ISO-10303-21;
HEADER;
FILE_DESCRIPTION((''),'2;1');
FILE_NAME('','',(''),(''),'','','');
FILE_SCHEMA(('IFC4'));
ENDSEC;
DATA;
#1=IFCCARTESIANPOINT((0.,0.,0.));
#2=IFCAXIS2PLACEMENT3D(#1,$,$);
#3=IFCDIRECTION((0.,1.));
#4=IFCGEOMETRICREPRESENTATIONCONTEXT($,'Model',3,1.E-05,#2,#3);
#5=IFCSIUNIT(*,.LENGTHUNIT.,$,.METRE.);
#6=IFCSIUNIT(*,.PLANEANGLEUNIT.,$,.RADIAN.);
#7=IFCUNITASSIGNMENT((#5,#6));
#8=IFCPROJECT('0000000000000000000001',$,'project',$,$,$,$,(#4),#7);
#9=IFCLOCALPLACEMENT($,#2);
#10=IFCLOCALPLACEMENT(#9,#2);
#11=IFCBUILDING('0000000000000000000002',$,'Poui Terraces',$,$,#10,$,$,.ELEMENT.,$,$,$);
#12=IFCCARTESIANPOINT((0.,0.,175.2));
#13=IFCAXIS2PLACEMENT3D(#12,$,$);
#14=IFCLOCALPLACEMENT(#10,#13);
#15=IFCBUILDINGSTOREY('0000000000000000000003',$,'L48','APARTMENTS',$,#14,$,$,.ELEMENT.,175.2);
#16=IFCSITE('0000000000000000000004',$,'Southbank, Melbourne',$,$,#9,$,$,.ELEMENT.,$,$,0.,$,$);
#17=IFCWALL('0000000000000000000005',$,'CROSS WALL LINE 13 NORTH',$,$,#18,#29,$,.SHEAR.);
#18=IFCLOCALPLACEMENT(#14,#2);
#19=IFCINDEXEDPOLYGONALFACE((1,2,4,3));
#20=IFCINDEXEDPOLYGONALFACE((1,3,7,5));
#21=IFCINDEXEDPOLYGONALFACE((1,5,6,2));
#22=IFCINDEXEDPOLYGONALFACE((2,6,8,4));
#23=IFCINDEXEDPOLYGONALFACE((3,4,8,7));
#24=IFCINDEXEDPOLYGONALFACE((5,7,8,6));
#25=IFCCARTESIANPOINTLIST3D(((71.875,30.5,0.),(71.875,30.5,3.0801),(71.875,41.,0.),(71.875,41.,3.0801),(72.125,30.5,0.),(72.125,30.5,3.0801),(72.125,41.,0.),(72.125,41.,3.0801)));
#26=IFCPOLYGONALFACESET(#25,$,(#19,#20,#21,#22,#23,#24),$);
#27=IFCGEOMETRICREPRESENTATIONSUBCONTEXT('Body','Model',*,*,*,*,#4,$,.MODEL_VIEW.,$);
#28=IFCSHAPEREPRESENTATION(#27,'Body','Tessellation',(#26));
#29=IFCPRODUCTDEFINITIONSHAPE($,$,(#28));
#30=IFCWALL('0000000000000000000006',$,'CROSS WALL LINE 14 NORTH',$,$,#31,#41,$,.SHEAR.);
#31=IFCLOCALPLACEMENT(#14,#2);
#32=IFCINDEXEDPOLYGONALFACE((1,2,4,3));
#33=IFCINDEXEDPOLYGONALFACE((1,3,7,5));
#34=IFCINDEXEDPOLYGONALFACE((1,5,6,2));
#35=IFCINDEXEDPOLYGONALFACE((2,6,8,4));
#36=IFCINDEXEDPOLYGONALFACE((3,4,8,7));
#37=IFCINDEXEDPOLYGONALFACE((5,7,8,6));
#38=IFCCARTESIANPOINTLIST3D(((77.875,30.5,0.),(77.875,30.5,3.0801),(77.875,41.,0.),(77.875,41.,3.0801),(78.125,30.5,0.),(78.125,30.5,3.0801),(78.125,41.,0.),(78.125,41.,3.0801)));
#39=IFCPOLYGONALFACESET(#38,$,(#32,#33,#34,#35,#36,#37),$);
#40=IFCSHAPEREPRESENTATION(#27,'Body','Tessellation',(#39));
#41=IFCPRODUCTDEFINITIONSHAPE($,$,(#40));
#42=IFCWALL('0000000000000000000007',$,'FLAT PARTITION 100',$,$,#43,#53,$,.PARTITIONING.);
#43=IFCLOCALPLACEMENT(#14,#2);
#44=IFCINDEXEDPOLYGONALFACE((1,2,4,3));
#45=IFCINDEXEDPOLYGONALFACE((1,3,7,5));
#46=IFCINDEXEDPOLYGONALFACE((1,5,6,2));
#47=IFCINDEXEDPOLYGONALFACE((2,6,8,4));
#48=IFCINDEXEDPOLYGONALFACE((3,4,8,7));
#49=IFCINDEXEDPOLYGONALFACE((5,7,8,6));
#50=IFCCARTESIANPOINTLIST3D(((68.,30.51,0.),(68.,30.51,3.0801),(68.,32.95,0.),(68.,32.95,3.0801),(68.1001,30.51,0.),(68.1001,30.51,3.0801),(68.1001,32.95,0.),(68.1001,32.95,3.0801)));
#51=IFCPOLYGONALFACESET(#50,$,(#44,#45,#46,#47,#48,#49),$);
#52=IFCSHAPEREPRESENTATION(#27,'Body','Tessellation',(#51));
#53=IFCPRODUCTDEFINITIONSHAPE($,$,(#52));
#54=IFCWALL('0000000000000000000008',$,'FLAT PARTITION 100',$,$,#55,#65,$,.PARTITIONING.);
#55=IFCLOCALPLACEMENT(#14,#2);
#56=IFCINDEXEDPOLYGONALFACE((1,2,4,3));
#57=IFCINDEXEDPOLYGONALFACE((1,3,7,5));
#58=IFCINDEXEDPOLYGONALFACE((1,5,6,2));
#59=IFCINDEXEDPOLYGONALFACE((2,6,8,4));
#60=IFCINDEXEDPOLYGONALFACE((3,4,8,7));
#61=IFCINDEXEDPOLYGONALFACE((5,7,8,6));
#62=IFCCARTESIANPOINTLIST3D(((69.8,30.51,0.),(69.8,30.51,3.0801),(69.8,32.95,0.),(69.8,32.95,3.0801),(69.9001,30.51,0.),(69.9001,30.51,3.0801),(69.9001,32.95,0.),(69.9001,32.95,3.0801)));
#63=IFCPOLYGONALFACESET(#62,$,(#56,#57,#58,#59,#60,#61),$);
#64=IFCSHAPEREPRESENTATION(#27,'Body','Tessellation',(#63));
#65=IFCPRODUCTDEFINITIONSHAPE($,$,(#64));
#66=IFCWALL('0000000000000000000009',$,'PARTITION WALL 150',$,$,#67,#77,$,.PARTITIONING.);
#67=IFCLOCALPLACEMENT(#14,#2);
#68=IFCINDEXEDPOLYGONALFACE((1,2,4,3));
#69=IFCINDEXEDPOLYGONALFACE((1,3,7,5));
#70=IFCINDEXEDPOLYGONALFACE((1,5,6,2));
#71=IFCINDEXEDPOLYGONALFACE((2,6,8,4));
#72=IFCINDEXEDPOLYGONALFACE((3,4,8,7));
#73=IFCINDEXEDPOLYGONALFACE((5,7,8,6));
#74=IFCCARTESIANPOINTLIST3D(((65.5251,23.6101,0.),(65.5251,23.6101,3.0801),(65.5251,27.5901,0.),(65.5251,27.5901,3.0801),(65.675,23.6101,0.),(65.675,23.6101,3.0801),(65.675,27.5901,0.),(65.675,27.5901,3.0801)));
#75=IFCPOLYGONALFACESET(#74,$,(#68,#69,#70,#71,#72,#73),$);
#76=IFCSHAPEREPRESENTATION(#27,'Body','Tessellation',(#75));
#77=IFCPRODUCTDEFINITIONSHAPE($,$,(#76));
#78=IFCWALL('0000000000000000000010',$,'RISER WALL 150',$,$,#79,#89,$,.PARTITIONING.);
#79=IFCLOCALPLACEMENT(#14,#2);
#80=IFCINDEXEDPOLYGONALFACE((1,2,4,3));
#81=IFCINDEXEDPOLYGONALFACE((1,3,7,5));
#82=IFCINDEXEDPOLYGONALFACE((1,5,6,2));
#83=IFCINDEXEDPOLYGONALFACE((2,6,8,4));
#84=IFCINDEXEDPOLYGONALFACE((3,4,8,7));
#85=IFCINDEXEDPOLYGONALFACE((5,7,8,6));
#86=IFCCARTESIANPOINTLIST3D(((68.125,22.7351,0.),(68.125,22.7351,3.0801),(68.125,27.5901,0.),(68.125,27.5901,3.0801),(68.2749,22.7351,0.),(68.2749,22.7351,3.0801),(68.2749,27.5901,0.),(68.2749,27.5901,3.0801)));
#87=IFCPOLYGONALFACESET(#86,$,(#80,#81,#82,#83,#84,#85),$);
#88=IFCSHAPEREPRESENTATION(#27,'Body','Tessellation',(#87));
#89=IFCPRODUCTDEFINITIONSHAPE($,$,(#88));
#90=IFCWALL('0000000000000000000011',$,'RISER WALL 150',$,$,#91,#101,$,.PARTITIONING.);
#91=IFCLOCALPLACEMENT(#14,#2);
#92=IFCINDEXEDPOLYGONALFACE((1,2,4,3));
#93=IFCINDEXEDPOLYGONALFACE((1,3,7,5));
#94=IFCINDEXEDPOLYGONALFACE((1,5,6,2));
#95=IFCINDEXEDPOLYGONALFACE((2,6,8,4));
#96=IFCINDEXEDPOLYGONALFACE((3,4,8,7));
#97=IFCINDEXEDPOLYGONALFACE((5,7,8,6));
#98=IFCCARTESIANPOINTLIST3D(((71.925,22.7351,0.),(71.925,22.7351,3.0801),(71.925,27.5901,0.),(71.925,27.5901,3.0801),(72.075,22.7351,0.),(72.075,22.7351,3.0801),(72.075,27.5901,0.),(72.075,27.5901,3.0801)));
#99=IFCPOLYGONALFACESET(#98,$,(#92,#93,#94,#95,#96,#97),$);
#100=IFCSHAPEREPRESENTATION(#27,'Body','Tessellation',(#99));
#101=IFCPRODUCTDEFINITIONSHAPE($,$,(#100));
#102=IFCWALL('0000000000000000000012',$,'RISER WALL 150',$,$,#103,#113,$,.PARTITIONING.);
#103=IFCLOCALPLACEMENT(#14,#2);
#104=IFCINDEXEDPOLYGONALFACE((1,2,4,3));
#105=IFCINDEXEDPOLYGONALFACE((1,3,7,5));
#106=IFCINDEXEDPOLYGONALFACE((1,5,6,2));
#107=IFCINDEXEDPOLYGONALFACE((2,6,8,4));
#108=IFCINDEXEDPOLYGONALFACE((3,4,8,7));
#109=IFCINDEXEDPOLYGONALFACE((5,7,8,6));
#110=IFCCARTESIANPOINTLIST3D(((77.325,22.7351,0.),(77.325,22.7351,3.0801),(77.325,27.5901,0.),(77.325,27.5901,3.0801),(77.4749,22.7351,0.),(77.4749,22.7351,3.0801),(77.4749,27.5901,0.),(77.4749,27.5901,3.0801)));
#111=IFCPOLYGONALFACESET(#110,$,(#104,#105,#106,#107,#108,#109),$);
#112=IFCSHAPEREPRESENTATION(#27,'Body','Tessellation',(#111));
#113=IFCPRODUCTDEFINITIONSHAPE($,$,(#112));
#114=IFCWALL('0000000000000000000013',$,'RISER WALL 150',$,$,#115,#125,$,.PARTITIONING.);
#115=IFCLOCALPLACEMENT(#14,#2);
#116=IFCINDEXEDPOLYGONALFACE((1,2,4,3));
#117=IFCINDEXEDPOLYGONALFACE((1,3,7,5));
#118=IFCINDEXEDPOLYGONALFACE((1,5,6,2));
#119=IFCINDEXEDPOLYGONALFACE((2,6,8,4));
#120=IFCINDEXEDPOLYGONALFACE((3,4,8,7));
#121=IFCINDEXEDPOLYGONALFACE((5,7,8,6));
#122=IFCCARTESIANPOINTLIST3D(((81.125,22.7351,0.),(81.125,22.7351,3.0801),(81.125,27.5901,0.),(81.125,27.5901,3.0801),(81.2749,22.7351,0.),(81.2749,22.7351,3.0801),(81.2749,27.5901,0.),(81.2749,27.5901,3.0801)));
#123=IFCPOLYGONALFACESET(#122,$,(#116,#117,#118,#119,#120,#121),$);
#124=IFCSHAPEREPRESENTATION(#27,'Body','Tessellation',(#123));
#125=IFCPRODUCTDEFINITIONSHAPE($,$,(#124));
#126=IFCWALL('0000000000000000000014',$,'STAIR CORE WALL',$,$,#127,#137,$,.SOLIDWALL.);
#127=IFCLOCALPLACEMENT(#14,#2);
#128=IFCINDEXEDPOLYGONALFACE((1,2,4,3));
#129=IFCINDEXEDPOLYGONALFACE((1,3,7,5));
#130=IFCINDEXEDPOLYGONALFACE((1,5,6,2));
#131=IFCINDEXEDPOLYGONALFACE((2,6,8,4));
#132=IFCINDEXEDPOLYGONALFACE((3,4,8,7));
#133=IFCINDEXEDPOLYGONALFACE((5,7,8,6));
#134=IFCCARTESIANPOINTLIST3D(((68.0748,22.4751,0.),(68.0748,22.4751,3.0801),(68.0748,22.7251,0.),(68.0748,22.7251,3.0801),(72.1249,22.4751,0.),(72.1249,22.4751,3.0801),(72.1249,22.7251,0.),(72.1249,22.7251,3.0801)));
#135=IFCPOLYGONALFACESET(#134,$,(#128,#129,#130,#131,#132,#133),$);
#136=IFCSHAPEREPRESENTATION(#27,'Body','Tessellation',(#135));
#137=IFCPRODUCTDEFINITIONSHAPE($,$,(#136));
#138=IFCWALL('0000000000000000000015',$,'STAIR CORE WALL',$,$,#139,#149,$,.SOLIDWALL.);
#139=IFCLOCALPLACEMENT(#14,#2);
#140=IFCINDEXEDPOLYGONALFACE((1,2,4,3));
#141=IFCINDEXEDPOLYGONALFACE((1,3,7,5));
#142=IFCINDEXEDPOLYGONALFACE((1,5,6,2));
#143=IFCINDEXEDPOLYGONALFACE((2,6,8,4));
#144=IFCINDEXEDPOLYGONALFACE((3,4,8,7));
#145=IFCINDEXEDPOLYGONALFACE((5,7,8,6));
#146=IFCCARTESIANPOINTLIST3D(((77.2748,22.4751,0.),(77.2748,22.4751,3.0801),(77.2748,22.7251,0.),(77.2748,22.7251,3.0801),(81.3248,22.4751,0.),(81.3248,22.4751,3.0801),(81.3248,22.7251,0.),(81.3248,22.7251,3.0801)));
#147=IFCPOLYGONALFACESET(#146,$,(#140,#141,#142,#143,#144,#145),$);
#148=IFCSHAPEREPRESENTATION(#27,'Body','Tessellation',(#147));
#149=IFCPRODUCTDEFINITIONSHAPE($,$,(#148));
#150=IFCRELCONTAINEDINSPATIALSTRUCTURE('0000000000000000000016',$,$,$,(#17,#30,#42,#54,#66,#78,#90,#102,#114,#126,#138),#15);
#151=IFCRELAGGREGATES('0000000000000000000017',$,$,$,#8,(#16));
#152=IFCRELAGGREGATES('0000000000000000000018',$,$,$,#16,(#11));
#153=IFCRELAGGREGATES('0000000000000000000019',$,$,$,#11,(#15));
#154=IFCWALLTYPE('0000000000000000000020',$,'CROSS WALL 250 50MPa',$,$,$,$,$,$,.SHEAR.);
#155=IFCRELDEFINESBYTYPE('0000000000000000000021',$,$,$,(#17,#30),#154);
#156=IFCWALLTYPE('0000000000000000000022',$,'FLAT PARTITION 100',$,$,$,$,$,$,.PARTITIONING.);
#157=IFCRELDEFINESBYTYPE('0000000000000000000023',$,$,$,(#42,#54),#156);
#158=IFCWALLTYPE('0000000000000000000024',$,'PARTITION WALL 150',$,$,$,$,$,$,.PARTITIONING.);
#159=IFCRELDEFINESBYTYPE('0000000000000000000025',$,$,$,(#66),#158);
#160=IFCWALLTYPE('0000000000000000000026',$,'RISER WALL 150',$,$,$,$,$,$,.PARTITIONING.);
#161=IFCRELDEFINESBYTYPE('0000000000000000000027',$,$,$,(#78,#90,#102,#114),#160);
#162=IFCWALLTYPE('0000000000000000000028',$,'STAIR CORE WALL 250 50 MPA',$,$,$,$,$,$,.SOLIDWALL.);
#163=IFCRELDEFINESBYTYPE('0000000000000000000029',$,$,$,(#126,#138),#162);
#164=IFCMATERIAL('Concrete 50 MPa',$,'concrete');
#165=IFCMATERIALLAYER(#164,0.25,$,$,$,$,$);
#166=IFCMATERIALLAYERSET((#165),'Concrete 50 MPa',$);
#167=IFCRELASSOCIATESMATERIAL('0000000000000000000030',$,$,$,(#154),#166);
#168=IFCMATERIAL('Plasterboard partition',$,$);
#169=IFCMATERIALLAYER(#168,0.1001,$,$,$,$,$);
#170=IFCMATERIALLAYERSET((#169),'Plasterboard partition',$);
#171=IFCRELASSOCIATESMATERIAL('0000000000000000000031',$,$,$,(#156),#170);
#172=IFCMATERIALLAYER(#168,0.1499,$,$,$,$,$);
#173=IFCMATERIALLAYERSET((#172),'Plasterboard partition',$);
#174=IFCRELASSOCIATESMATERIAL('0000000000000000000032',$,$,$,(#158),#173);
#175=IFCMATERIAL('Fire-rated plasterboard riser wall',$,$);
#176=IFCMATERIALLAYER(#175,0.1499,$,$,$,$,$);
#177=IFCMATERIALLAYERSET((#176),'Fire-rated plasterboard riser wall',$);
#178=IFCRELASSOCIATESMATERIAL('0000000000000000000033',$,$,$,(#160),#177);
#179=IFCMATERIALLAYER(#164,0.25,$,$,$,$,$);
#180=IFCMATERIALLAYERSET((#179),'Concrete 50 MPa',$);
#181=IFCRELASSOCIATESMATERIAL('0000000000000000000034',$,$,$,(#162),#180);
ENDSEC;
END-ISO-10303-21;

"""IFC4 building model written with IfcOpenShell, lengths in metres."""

from ifc_helpers import new_model, si_unit, direction, frame, frame_2d, origin, place, context, subcontext, project, spatial, rectangle, extrude, material, layer, layer_set, type_object, element, save


model = new_model("IFC4")

# Units and contexts
model_context = context("Model", 3, precision=1e-05, world=origin(), true_north=direction((0.0, 1.0)))
body_context = subcontext(model_context, "Body", "Model", "MODEL_VIEW")
ifc_project = project(units=[si_unit("LENGTHUNIT", "METRE"), si_unit("PLANEANGLEUNIT", "RADIAN")], contexts=[model_context])

# Site, building, storey
site_placement = place(None, origin())
site = spatial("IfcSite", under=ifc_project, at=site_placement, Name="Southbank, Melbourne", CompositionType="ELEMENT", RefElevation=0.0)
building_placement = place(site_placement, origin())
building = spatial("IfcBuilding", under=site, at=building_placement, Name="Poui Terraces", CompositionType="ELEMENT")
storey_placement = place(building_placement, frame((0.0, 0.0, 175.2)))
storey = spatial("IfcBuildingStorey", under=building, at=storey_placement, Name="L48", Description="APARTMENTS", CompositionType="ELEMENT", Elevation=175.2)

# Shared definitions
ifc_material_1 = material(Name="Concrete 50 MPa", Category="concrete")

# Shared definitions
ifc_layer_1 = layer(ifc_material_1, 0.25)
ifc_layer_set_1 = layer_set([ifc_layer_1], Name="Concrete 50 MPa")
wall_type_1 = type_object("IfcWallType", Name="CROSS WALL 250 50MPa", PredefinedType="SHEAR", material=ifc_layer_set_1)

# Walls
for number, where, z_axis, x_axis, name in (
    (1, (72.0, 30.5, 0.0), (0.0, 0.0, 1.0), (0.0, 1.0, 0.0), "CROSS WALL LINE 13 NORTH"),
    (2, (78.0, 30.5, 0.0), (0.0, 0.0, 1.0), (0.0, 1.0, 0.0), "CROSS WALL LINE 14 NORTH"),
):
    element("IfcWall", number, at=place(storey_placement, frame(where, z_axis=z_axis, x_axis=x_axis)), inside=storey, type_object=wall_type_1, Name=name, PredefinedType="SHEAR", context=body_context, shape_type="SweptSolid", body=[
        extrude(rectangle(XDim=10.5, YDim=0.25, at=frame_2d((5.25, 0.0))), origin(), (0.0, 0.0, 1.0), 3.0801),
    ])
ifc_material_2 = material(Name="Plasterboard partition")
ifc_layer_2 = layer(ifc_material_2, 0.1001)
ifc_layer_set_2 = layer_set([ifc_layer_2], Name="Plasterboard partition")
wall_type_2 = type_object("IfcWallType", Name="FLAT PARTITION 100", PredefinedType="PARTITIONING", material=ifc_layer_set_2)
for number, where, z_axis, x_axis, name in (
    (3, (68.05, 30.51, 0.0), (0.0, 0.0, 1.0), (0.0, 1.0, 0.0), "FLAT PARTITION 100"),
    (4, (69.8501, 30.51, 0.0), (0.0, 0.0, 1.0), (0.0, 1.0, 0.0), "FLAT PARTITION 100"),
):
    element("IfcWall", number, at=place(storey_placement, frame(where, z_axis=z_axis, x_axis=x_axis)), inside=storey, type_object=wall_type_2, Name=name, PredefinedType="PARTITIONING", context=body_context, shape_type="SweptSolid", body=[
        extrude(rectangle(XDim=2.4399, YDim=0.1001, at=frame_2d((1.22, 0.0))), origin(), (0.0, 0.0, 1.0), 3.0801),
    ])
ifc_layer_3 = layer(ifc_material_2, 0.1499)
ifc_layer_set_3 = layer_set([ifc_layer_3], Name="Plasterboard partition")
wall_type_3 = type_object("IfcWallType", Name="PARTITION WALL 150", PredefinedType="PARTITIONING", material=ifc_layer_set_3)
wall_1_placement = place(storey_placement, frame((65.6001, 23.6101, 0.0), z_axis=(0.0, 0.0, 1.0), x_axis=(0.0, 1.0, 0.0)))
element("IfcWall", 5, at=wall_1_placement, inside=storey, type_object=wall_type_3, Name="PARTITION WALL 150", PredefinedType="PARTITIONING", context=body_context, shape_type="SweptSolid", body=[
    extrude(rectangle(XDim=3.98, YDim=0.1499, at=frame_2d((1.99, 0.0))), origin(), (0.0, 0.0, 1.0), 3.0801),
])
ifc_material_3 = material(Name="Fire-rated plasterboard riser wall")
ifc_layer_4 = layer(ifc_material_3, 0.1499)
ifc_layer_set_4 = layer_set([ifc_layer_4], Name="Fire-rated plasterboard riser wall")
wall_type_4 = type_object("IfcWallType", Name="RISER WALL 150", PredefinedType="PARTITIONING", material=ifc_layer_set_4)
for number, where, z_axis, x_axis, name in (
    (6, (68.2, 22.7351, 0.0), (0.0, 0.0, 1.0), (0.0, 1.0, 0.0), "RISER WALL 150"),
    (7, (72.0, 22.7351, 0.0), (0.0, 0.0, 1.0), (0.0, 1.0, 0.0), "RISER WALL 150"),
    (8, (77.3999, 22.7351, 0.0), (0.0, 0.0, 1.0), (0.0, 1.0, 0.0), "RISER WALL 150"),
    (9, (81.2, 22.7351, 0.0), (0.0, 0.0, 1.0), (0.0, 1.0, 0.0), "RISER WALL 150"),
):
    element("IfcWall", number, at=place(storey_placement, frame(where, z_axis=z_axis, x_axis=x_axis)), inside=storey, type_object=wall_type_4, Name=name, PredefinedType="PARTITIONING", context=body_context, shape_type="SweptSolid", body=[
        extrude(rectangle(XDim=4.855, YDim=0.1499, at=frame_2d((2.4275, 0.0))), origin(), (0.0, 0.0, 1.0), 3.0801),
    ])
ifc_layer_5 = layer(ifc_material_1, 0.25)
ifc_layer_set_5 = layer_set([ifc_layer_5], Name="Concrete 50 MPa")
wall_type_5 = type_object("IfcWallType", Name="STAIR CORE WALL 250 50 MPA", PredefinedType="SOLIDWALL", material=ifc_layer_set_5)
for number, where, z_axis, x_axis, name in (
    (10, (68.075, 22.6001, 0.0), (0.0, 0.0, 1.0), (1.0, 0.0, 0.0), "STAIR CORE WALL"),
    (11, (77.2749, 22.6001, 0.0), (0.0, 0.0, 1.0), (1.0, 0.0, 0.0), "STAIR CORE WALL"),
):
    element("IfcWall", number, at=place(storey_placement, frame(where, z_axis=z_axis, x_axis=x_axis)), inside=storey, type_object=wall_type_5, Name=name, PredefinedType="SOLIDWALL", context=body_context, shape_type="SweptSolid", body=[
        extrude(rectangle(XDim=4.05, YDim=0.25, at=frame_2d((2.0249, 0.0))), origin(), (0.0, 0.0, 1.0), 3.0801),
    ])

save(model, "model.ifc")
